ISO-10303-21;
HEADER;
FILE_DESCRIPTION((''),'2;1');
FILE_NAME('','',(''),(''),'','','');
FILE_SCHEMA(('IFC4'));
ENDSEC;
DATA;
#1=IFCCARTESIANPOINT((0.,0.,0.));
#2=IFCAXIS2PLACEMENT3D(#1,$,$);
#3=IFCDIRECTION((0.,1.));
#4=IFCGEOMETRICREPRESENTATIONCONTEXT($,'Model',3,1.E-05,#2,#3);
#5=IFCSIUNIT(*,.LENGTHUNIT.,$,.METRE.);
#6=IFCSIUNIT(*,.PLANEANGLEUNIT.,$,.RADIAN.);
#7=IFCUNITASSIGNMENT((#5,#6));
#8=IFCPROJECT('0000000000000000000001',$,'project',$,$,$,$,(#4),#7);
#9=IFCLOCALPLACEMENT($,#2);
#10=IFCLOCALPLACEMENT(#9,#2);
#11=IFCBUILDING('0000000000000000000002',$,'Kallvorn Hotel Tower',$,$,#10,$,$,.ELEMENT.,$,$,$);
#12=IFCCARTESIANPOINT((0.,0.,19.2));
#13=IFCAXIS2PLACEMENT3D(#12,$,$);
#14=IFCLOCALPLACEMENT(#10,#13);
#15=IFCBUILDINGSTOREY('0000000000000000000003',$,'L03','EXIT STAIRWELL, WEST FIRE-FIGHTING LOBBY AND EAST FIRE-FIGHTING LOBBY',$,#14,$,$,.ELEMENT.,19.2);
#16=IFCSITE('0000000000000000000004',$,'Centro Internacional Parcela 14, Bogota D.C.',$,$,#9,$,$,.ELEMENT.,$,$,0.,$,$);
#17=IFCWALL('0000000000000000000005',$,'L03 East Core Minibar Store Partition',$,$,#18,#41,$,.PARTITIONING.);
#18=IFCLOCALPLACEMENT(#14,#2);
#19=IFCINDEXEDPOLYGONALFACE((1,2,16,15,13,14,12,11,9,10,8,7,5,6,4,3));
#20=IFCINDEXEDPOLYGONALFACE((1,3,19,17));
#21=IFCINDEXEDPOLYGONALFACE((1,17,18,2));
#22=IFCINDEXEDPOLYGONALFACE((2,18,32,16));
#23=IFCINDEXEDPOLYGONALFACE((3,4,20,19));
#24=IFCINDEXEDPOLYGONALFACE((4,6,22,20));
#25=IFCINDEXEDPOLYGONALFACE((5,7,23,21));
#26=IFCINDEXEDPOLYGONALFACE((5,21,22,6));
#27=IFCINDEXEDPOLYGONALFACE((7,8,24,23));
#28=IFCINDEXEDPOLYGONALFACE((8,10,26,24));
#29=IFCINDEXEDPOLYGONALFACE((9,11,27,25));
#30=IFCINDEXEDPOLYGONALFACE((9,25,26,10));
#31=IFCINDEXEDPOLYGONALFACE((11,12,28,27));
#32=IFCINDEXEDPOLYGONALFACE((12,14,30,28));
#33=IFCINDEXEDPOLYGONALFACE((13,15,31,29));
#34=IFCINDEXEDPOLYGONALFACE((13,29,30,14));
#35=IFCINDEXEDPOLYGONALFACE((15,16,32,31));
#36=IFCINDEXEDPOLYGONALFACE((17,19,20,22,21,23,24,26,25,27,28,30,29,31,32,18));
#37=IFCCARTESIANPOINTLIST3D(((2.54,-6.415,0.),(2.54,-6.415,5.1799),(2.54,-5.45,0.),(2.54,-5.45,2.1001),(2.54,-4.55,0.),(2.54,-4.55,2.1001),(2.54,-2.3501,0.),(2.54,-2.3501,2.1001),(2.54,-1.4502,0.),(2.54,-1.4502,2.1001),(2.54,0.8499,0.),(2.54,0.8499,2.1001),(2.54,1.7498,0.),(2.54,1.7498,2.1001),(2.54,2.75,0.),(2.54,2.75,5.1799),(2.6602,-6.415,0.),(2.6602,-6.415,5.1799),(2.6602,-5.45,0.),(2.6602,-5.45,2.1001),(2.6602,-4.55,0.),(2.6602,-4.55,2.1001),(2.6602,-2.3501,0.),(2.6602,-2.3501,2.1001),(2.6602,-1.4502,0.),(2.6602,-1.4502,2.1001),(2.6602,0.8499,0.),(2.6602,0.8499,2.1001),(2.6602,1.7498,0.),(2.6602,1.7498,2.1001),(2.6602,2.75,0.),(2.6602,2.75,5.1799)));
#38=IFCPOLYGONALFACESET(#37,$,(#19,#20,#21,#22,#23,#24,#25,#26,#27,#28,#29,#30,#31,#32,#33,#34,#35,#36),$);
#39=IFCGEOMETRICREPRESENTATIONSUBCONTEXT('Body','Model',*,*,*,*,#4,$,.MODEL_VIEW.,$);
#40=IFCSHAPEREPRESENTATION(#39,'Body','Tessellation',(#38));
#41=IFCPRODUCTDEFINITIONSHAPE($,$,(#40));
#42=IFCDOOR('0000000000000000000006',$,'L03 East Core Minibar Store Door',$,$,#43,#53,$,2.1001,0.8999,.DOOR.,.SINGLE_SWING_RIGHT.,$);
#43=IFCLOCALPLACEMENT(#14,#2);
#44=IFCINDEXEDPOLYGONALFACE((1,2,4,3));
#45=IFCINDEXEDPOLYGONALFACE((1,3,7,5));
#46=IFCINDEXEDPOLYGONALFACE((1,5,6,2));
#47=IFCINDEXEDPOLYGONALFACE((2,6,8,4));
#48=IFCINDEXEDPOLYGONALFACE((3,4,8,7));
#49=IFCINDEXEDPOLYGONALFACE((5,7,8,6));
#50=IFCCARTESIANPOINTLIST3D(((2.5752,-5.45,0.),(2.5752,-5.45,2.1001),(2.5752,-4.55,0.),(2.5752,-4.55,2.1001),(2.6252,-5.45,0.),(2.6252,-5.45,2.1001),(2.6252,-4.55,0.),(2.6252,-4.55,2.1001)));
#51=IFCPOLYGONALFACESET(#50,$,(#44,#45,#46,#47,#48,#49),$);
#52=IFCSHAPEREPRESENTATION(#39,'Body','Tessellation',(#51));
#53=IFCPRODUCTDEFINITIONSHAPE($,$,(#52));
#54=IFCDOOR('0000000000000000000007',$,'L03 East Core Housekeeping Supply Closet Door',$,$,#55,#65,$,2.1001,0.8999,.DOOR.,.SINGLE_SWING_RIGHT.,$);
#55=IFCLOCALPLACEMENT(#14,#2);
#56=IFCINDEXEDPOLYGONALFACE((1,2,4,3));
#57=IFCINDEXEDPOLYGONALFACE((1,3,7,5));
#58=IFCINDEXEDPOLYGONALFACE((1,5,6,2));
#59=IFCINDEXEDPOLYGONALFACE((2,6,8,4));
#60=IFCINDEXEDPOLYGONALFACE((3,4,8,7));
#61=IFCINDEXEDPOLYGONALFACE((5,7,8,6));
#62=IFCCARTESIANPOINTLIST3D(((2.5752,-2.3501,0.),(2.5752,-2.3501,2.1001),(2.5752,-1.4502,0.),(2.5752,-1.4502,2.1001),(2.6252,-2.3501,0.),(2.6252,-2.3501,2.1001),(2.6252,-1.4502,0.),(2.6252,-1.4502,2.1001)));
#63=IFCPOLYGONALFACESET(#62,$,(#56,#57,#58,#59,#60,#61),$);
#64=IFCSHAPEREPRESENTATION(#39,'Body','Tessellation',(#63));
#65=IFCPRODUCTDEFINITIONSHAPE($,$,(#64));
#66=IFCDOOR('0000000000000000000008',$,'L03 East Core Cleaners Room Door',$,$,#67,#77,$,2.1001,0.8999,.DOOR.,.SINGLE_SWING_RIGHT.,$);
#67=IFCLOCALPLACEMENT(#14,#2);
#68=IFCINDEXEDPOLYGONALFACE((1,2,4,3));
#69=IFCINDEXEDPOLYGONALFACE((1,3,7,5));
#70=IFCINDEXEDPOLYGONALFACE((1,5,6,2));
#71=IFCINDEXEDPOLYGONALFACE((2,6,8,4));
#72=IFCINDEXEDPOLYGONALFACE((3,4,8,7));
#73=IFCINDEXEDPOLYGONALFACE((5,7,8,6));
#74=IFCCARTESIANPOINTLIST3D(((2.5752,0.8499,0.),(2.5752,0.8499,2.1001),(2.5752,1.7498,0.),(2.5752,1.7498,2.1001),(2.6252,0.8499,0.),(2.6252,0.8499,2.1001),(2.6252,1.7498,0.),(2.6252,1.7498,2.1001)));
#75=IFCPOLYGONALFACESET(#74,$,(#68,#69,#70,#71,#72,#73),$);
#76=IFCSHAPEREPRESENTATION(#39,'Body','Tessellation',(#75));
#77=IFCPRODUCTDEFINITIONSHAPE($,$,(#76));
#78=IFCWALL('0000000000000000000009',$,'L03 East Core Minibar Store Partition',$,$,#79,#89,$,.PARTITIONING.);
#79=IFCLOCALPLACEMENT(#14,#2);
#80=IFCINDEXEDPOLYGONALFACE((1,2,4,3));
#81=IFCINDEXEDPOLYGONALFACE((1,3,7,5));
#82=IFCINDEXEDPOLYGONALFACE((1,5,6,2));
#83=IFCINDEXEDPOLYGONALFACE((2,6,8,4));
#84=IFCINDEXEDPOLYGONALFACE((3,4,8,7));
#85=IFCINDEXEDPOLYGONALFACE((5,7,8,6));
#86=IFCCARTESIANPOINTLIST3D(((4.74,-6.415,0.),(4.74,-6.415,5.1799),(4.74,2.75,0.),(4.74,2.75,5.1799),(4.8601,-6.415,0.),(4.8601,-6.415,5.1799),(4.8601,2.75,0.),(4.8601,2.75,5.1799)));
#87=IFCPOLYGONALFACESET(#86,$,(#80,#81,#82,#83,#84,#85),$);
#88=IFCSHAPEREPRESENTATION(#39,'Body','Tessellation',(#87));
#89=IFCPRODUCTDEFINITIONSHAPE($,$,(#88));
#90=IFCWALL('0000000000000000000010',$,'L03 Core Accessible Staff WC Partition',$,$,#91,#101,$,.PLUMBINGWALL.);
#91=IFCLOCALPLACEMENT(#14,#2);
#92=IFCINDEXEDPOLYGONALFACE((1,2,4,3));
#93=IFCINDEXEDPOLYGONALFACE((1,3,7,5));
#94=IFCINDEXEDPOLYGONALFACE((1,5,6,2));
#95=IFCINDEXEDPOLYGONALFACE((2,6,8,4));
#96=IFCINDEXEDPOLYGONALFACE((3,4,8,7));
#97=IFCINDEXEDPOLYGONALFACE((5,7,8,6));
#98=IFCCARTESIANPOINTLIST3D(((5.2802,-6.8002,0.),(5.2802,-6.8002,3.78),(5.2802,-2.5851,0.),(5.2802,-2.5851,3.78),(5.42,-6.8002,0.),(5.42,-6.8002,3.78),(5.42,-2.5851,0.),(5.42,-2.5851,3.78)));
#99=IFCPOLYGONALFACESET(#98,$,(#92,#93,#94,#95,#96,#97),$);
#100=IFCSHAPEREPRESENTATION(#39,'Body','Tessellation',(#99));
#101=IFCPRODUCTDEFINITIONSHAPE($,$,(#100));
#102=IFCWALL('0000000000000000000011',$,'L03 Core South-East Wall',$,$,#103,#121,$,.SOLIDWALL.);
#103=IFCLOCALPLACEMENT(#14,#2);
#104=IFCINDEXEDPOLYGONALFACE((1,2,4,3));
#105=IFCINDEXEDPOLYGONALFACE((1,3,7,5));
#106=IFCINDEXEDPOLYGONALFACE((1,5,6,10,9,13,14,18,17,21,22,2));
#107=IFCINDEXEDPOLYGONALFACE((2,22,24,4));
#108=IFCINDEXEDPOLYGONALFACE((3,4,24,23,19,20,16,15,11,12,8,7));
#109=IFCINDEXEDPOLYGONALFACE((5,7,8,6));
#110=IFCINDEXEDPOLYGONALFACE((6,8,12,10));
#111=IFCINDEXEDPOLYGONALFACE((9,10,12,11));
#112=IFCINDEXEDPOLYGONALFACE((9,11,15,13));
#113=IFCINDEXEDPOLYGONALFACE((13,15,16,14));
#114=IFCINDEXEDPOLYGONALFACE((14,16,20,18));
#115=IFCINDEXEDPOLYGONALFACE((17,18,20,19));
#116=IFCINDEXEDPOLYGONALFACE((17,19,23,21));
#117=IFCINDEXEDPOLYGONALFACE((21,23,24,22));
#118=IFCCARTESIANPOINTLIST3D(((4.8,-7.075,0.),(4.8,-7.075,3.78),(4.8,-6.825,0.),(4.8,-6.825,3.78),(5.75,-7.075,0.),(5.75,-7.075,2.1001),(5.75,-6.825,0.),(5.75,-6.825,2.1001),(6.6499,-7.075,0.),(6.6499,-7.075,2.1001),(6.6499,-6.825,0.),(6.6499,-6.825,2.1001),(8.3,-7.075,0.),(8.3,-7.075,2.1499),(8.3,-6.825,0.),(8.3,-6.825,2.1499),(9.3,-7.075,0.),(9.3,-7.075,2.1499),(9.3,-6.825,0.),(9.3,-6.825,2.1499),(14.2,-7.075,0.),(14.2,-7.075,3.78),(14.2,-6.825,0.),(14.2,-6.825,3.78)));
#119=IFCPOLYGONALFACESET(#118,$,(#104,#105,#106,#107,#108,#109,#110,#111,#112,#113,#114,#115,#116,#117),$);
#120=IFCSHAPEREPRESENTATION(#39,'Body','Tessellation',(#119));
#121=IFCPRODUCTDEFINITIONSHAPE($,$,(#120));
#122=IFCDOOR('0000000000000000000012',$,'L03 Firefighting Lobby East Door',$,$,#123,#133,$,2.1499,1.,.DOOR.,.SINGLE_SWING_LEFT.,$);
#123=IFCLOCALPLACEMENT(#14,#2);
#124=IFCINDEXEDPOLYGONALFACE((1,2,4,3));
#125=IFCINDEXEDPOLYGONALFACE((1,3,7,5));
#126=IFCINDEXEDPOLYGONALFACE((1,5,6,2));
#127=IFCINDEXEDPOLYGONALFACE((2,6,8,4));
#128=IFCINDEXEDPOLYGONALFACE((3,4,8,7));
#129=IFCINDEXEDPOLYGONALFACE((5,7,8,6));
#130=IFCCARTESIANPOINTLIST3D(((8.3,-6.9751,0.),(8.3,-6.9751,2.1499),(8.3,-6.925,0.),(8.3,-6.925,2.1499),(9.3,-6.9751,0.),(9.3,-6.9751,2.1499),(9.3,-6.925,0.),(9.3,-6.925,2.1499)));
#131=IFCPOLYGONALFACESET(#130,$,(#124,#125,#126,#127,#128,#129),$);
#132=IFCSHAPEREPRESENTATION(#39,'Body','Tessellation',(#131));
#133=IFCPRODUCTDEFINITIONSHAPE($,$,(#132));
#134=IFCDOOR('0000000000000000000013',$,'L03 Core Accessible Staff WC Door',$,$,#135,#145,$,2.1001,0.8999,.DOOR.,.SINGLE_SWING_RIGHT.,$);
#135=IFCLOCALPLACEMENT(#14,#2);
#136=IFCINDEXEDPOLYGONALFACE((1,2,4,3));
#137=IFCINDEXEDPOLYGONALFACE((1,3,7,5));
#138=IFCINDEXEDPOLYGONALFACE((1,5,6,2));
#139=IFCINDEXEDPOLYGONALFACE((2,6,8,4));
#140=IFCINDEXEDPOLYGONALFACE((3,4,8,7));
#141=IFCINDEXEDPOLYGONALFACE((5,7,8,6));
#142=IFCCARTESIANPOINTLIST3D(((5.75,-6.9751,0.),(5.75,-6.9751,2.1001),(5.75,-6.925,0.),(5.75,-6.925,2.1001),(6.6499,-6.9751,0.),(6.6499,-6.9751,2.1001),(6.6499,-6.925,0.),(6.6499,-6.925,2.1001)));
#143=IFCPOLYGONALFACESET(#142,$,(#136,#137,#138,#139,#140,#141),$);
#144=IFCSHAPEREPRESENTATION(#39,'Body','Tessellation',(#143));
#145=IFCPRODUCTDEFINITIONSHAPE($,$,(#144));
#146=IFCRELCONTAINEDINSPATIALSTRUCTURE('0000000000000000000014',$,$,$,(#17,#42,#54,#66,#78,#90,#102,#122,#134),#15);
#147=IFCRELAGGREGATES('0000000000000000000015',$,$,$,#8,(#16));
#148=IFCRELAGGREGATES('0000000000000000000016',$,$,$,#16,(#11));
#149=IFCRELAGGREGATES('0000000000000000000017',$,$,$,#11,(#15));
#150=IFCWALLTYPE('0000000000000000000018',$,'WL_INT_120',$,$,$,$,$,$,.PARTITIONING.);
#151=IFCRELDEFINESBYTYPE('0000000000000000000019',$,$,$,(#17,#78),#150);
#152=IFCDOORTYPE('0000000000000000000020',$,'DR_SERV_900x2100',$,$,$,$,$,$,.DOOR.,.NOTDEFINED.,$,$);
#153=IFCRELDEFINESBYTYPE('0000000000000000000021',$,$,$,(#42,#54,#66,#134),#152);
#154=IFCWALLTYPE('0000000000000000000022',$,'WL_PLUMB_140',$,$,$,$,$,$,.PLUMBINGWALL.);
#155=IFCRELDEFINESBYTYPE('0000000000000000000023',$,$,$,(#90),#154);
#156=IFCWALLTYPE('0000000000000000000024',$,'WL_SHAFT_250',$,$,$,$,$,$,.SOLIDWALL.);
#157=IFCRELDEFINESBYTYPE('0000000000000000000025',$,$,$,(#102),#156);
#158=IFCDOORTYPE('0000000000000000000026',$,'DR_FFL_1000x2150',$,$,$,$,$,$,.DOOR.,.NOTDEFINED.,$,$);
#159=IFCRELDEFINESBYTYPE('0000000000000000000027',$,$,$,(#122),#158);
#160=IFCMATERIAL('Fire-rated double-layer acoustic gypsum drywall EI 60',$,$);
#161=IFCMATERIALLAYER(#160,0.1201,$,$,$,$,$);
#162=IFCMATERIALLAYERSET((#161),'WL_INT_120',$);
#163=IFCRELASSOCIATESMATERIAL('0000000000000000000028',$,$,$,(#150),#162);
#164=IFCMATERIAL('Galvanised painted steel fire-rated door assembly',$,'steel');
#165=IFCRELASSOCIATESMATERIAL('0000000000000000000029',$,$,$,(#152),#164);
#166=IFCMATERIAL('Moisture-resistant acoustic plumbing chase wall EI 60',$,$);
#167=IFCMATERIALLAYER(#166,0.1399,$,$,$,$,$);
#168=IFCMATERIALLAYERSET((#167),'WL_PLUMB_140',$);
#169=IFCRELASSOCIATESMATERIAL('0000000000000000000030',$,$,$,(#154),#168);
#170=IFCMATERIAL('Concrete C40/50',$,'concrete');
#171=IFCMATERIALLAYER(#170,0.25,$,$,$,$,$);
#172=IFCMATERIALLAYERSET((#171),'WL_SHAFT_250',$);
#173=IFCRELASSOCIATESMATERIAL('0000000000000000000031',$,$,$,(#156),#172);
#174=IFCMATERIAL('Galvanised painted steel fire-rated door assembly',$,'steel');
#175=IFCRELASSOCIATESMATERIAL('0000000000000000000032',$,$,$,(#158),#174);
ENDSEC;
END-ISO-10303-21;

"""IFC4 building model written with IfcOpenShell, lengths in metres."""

from ifc_helpers import new_model, si_unit, direction, frame, frame_2d, origin, place, context, subcontext, project, spatial, rectangle, extrude, material, layer, layer_set, type_object, element, fill, save


model = new_model("IFC4")

# Units and contexts
model_context = context("Model", 3, precision=1e-05, world=origin(), true_north=direction((0.0, 1.0)))
body_context = subcontext(model_context, "Body", "Model", "MODEL_VIEW")
ifc_project = project(units=[si_unit("LENGTHUNIT", "METRE"), si_unit("PLANEANGLEUNIT", "RADIAN")], contexts=[model_context])

# Site, building, storey
site_placement = place(None, origin())
site = spatial("IfcSite", under=ifc_project, at=site_placement, Name="Centro Internacional Parcela 14, Bogota D.C.", CompositionType="ELEMENT", RefElevation=0.0)
building_placement = place(site_placement, origin())
building = spatial("IfcBuilding", under=site, at=building_placement, Name="Kallvorn Hotel Tower", CompositionType="ELEMENT")
storey_placement = place(building_placement, frame((0.0, 0.0, 19.2)))
storey = spatial("IfcBuildingStorey", under=building, at=storey_placement, Name="L03", Description="EXIT STAIRWELL, WEST FIRE-FIGHTING LOBBY AND EAST FIRE-FIGHTING LOBBY", CompositionType="ELEMENT", Elevation=19.2)

# Shared definitions
ifc_material_1 = material(Name="Fire-rated double-layer acoustic gypsum drywall EI 60")
ifc_layer_1 = layer(ifc_material_1, 0.1201)
ifc_layer_set_1 = layer_set([ifc_layer_1], Name="WL_INT_120")
wall_type_1 = type_object("IfcWallType", Name="WL_INT_120", PredefinedType="PARTITIONING", material=ifc_layer_set_1)

# Wall, openings, doors
wall_1_placement = place(storey_placement, frame((2.6001, -6.415, 0.0), z_axis=(0.0, 0.0, 1.0), x_axis=(0.0, 1.0, 0.0)))
wall_1 = element("IfcWall", 1, at=wall_1_placement, inside=storey, type_object=wall_type_1, Name="L03 East Core Minibar Store Partition", PredefinedType="PARTITIONING", context=body_context, shape_type="SweptSolid", body=[
    extrude(rectangle(XDim=9.165, YDim=0.1201, at=frame_2d((4.5825, 0.0))), origin(), (0.0, 0.0, 1.0), 5.1799),
])
opening_1_placement = place(wall_1_placement, frame((0.9651, 0.0, 0.0)))
opening_1 = element("IfcOpeningElement", 2, at=opening_1_placement, cuts=wall_1, PredefinedType="OPENING", context=body_context, shape_type="SweptSolid", body=[
    extrude(rectangle(XDim=0.8999, YDim=2.1001, at=frame_2d((0.45, 1.05))), frame((0.0, 0.075, 0.0), z_axis=(0.0, -1.0, 0.0), x_axis=(1.0, 0.0, 0.0)), (0.0, 0.0, 1.0), 0.1501),
])
opening_2_placement = place(wall_1_placement, frame((4.0649, 0.0, 0.0)))
opening_2 = element("IfcOpeningElement", 3, at=opening_2_placement, cuts=wall_1, PredefinedType="OPENING", context=body_context, shape_type="SweptSolid", body=[
    extrude(rectangle(XDim=0.8999, YDim=2.1001, at=frame_2d((0.45, 1.05))), frame((0.0, 0.075, 0.0), z_axis=(0.0, -1.0, 0.0), x_axis=(1.0, 0.0, 0.0)), (0.0, 0.0, 1.0), 0.1501),
])
opening_3_placement = place(wall_1_placement, frame((7.2649, 0.0, 0.0)))
opening_3 = element("IfcOpeningElement", 4, at=opening_3_placement, cuts=wall_1, PredefinedType="OPENING", context=body_context, shape_type="SweptSolid", body=[
    extrude(rectangle(XDim=0.8999, YDim=2.1001, at=frame_2d((0.45, 1.05))), frame((0.0, 0.075, 0.0), z_axis=(0.0, -1.0, 0.0), x_axis=(1.0, 0.0, 0.0)), (0.0, 0.0, 1.0), 0.1501),
])
ifc_material_2 = material(Name="Galvanised painted steel fire-rated door assembly", Category="steel")
door_type_1 = type_object("IfcDoorType", Name="DR_SERV_900x2100", OperationType="NOTDEFINED", PredefinedType="DOOR", material=ifc_material_2)
door_1_placement = place(opening_1_placement, origin())
door_1 = element("IfcDoor", 5, at=door_1_placement, inside=storey, type_object=door_type_1, Name="L03 East Core Minibar Store Door", OperationType="SINGLE_SWING_RIGHT", OverallHeight=2.1001, OverallWidth=0.8999, PredefinedType="DOOR", context=body_context, shape_type="SweptSolid", body=[
    extrude(rectangle(XDim=0.8999, YDim=2.1001, at=frame_2d((0.45, 1.05))), frame((0.0, 0.0249, 0.0), z_axis=(0.0, -1.0, 0.0), x_axis=(1.0, 0.0, 0.0)), (0.0, 0.0, 1.0), 0.05),
])
fill(opening_1, door_1)
door_2_placement = place(opening_2_placement, origin())
door_2 = element("IfcDoor", 6, at=door_2_placement, inside=storey, type_object=door_type_1, Name="L03 East Core Housekeeping Supply Closet Door", OperationType="SINGLE_SWING_RIGHT", OverallHeight=2.1001, OverallWidth=0.8999, PredefinedType="DOOR", context=body_context, shape_type="SweptSolid", body=[
    extrude(rectangle(XDim=0.8999, YDim=2.1001, at=frame_2d((0.45, 1.05))), frame((0.0, 0.0249, 0.0), z_axis=(0.0, -1.0, 0.0), x_axis=(1.0, 0.0, 0.0)), (0.0, 0.0, 1.0), 0.05),
])
fill(opening_2, door_2)
door_3_placement = place(opening_3_placement, origin())
door_3 = element("IfcDoor", 7, at=door_3_placement, inside=storey, type_object=door_type_1, Name="L03 East Core Cleaners Room Door", OperationType="SINGLE_SWING_RIGHT", OverallHeight=2.1001, OverallWidth=0.8999, PredefinedType="DOOR", context=body_context, shape_type="SweptSolid", body=[
    extrude(rectangle(XDim=0.8999, YDim=2.1001, at=frame_2d((0.45, 1.05))), frame((0.0, 0.0249, 0.0), z_axis=(0.0, -1.0, 0.0), x_axis=(1.0, 0.0, 0.0)), (0.0, 0.0, 1.0), 0.05),
])
fill(opening_3, door_3)

# Walls
wall_2_placement = place(storey_placement, frame((4.8, -6.415, 0.0), z_axis=(0.0, 0.0, 1.0), x_axis=(0.0, 1.0, 0.0)))
element("IfcWall", 8, at=wall_2_placement, inside=storey, type_object=wall_type_1, Name="L03 East Core Minibar Store Partition", PredefinedType="PARTITIONING", context=body_context, shape_type="SweptSolid", body=[
    extrude(rectangle(XDim=9.165, YDim=0.1201, at=frame_2d((4.5825, 0.0))), origin(), (0.0, 0.0, 1.0), 5.1799),
])
ifc_material_3 = material(Name="Moisture-resistant acoustic plumbing chase wall EI 60")
ifc_layer_2 = layer(ifc_material_3, 0.1399)
ifc_layer_set_2 = layer_set([ifc_layer_2], Name="WL_PLUMB_140")
wall_type_2 = type_object("IfcWallType", Name="WL_PLUMB_140", PredefinedType="PLUMBINGWALL", material=ifc_layer_set_2)
wall_3_placement = place(storey_placement, frame((5.3501, -6.8, 0.0), z_axis=(0.0, 0.0, 1.0), x_axis=(0.0, 1.0, 0.0)))
element("IfcWall", 9, at=wall_3_placement, inside=storey, type_object=wall_type_2, Name="L03 Core Accessible Staff WC Partition", PredefinedType="PLUMBINGWALL", context=body_context, shape_type="SweptSolid", body=[
    extrude(rectangle(XDim=4.2151, YDim=0.1399, at=frame_2d((2.1074, 0.0))), origin(), (0.0, 0.0, 1.0), 3.78),
])

# Wall, openings, doors
ifc_material_4 = material(Name="Concrete C40/50", Category="concrete")
ifc_layer_3 = layer(ifc_material_4, 0.25)
ifc_layer_set_3 = layer_set([ifc_layer_3], Name="WL_SHAFT_250")
wall_type_3 = type_object("IfcWallType", Name="WL_SHAFT_250", PredefinedType="SOLIDWALL", material=ifc_layer_set_3)
wall_4_placement = place(storey_placement, frame((4.8, -6.95, 0.0), z_axis=(0.0, 0.0, 1.0), x_axis=(1.0, 0.0, 0.0)))
wall_4 = element("IfcWall", 10, at=wall_4_placement, inside=storey, type_object=wall_type_3, Name="L03 Core South-East Wall", PredefinedType="SOLIDWALL", context=body_context, shape_type="SweptSolid", body=[
    extrude(rectangle(XDim=9.3999, YDim=0.25, at=frame_2d((4.7, 0.0))), origin(), (0.0, 0.0, 1.0), 3.78),
])
opening_4_placement = place(wall_4_placement, frame((3.5, 0.0, 0.0)))
opening_4 = element("IfcOpeningElement", 11, at=opening_4_placement, cuts=wall_4, PredefinedType="OPENING", context=body_context, shape_type="SweptSolid", body=[
    extrude(rectangle(XDim=1.0, YDim=2.1499, at=frame_2d((0.5, 1.075))), frame((0.0, 0.1399, 0.0), z_axis=(0.0, -1.0, 0.0), x_axis=(1.0, 0.0, 0.0)), (0.0, 0.0, 1.0), 0.28),
])
opening_5_placement = place(wall_4_placement, frame((0.95, 0.0, 0.0)))
opening_5 = element("IfcOpeningElement", 12, at=opening_5_placement, cuts=wall_4, PredefinedType="OPENING", context=body_context, shape_type="SweptSolid", body=[
    extrude(rectangle(XDim=0.8999, YDim=2.1001, at=frame_2d((0.45, 1.05))), frame((0.0, 0.1399, 0.0), z_axis=(0.0, -1.0, 0.0), x_axis=(1.0, 0.0, 0.0)), (0.0, 0.0, 1.0), 0.28),
])
ifc_material_5 = material(Name="Galvanised painted steel fire-rated door assembly", Category="steel")
door_type_2 = type_object("IfcDoorType", Name="DR_FFL_1000x2150", OperationType="NOTDEFINED", PredefinedType="DOOR", material=ifc_material_5)
door_4_placement = place(opening_4_placement, origin())
door_4 = element("IfcDoor", 13, at=door_4_placement, inside=storey, type_object=door_type_2, Name="L03 Firefighting Lobby East Door", OperationType="SINGLE_SWING_LEFT", OverallHeight=2.1499, OverallWidth=1.0, PredefinedType="DOOR", context=body_context, shape_type="SweptSolid", body=[
    extrude(rectangle(XDim=1.0, YDim=2.1499, at=frame_2d((0.5, 1.075))), frame((0.0, 0.0249, 0.0), z_axis=(0.0, -1.0, 0.0), x_axis=(1.0, 0.0, 0.0)), (0.0, 0.0, 1.0), 0.05),
])
fill(opening_4, door_4)
door_5_placement = place(opening_5_placement, origin())
door_5 = element("IfcDoor", 14, at=door_5_placement, inside=storey, type_object=door_type_1, Name="L03 Core Accessible Staff WC Door", OperationType="SINGLE_SWING_RIGHT", OverallHeight=2.1001, OverallWidth=0.8999, PredefinedType="DOOR", context=body_context, shape_type="SweptSolid", body=[
    extrude(rectangle(XDim=0.8999, YDim=2.1001, at=frame_2d((0.45, 1.05))), frame((0.0, 0.0249, 0.0), z_axis=(0.0, -1.0, 0.0), x_axis=(1.0, 0.0, 0.0)), (0.0, 0.0, 1.0), 0.05),
])
fill(opening_5, door_5)

save(model, "model.ifc")
